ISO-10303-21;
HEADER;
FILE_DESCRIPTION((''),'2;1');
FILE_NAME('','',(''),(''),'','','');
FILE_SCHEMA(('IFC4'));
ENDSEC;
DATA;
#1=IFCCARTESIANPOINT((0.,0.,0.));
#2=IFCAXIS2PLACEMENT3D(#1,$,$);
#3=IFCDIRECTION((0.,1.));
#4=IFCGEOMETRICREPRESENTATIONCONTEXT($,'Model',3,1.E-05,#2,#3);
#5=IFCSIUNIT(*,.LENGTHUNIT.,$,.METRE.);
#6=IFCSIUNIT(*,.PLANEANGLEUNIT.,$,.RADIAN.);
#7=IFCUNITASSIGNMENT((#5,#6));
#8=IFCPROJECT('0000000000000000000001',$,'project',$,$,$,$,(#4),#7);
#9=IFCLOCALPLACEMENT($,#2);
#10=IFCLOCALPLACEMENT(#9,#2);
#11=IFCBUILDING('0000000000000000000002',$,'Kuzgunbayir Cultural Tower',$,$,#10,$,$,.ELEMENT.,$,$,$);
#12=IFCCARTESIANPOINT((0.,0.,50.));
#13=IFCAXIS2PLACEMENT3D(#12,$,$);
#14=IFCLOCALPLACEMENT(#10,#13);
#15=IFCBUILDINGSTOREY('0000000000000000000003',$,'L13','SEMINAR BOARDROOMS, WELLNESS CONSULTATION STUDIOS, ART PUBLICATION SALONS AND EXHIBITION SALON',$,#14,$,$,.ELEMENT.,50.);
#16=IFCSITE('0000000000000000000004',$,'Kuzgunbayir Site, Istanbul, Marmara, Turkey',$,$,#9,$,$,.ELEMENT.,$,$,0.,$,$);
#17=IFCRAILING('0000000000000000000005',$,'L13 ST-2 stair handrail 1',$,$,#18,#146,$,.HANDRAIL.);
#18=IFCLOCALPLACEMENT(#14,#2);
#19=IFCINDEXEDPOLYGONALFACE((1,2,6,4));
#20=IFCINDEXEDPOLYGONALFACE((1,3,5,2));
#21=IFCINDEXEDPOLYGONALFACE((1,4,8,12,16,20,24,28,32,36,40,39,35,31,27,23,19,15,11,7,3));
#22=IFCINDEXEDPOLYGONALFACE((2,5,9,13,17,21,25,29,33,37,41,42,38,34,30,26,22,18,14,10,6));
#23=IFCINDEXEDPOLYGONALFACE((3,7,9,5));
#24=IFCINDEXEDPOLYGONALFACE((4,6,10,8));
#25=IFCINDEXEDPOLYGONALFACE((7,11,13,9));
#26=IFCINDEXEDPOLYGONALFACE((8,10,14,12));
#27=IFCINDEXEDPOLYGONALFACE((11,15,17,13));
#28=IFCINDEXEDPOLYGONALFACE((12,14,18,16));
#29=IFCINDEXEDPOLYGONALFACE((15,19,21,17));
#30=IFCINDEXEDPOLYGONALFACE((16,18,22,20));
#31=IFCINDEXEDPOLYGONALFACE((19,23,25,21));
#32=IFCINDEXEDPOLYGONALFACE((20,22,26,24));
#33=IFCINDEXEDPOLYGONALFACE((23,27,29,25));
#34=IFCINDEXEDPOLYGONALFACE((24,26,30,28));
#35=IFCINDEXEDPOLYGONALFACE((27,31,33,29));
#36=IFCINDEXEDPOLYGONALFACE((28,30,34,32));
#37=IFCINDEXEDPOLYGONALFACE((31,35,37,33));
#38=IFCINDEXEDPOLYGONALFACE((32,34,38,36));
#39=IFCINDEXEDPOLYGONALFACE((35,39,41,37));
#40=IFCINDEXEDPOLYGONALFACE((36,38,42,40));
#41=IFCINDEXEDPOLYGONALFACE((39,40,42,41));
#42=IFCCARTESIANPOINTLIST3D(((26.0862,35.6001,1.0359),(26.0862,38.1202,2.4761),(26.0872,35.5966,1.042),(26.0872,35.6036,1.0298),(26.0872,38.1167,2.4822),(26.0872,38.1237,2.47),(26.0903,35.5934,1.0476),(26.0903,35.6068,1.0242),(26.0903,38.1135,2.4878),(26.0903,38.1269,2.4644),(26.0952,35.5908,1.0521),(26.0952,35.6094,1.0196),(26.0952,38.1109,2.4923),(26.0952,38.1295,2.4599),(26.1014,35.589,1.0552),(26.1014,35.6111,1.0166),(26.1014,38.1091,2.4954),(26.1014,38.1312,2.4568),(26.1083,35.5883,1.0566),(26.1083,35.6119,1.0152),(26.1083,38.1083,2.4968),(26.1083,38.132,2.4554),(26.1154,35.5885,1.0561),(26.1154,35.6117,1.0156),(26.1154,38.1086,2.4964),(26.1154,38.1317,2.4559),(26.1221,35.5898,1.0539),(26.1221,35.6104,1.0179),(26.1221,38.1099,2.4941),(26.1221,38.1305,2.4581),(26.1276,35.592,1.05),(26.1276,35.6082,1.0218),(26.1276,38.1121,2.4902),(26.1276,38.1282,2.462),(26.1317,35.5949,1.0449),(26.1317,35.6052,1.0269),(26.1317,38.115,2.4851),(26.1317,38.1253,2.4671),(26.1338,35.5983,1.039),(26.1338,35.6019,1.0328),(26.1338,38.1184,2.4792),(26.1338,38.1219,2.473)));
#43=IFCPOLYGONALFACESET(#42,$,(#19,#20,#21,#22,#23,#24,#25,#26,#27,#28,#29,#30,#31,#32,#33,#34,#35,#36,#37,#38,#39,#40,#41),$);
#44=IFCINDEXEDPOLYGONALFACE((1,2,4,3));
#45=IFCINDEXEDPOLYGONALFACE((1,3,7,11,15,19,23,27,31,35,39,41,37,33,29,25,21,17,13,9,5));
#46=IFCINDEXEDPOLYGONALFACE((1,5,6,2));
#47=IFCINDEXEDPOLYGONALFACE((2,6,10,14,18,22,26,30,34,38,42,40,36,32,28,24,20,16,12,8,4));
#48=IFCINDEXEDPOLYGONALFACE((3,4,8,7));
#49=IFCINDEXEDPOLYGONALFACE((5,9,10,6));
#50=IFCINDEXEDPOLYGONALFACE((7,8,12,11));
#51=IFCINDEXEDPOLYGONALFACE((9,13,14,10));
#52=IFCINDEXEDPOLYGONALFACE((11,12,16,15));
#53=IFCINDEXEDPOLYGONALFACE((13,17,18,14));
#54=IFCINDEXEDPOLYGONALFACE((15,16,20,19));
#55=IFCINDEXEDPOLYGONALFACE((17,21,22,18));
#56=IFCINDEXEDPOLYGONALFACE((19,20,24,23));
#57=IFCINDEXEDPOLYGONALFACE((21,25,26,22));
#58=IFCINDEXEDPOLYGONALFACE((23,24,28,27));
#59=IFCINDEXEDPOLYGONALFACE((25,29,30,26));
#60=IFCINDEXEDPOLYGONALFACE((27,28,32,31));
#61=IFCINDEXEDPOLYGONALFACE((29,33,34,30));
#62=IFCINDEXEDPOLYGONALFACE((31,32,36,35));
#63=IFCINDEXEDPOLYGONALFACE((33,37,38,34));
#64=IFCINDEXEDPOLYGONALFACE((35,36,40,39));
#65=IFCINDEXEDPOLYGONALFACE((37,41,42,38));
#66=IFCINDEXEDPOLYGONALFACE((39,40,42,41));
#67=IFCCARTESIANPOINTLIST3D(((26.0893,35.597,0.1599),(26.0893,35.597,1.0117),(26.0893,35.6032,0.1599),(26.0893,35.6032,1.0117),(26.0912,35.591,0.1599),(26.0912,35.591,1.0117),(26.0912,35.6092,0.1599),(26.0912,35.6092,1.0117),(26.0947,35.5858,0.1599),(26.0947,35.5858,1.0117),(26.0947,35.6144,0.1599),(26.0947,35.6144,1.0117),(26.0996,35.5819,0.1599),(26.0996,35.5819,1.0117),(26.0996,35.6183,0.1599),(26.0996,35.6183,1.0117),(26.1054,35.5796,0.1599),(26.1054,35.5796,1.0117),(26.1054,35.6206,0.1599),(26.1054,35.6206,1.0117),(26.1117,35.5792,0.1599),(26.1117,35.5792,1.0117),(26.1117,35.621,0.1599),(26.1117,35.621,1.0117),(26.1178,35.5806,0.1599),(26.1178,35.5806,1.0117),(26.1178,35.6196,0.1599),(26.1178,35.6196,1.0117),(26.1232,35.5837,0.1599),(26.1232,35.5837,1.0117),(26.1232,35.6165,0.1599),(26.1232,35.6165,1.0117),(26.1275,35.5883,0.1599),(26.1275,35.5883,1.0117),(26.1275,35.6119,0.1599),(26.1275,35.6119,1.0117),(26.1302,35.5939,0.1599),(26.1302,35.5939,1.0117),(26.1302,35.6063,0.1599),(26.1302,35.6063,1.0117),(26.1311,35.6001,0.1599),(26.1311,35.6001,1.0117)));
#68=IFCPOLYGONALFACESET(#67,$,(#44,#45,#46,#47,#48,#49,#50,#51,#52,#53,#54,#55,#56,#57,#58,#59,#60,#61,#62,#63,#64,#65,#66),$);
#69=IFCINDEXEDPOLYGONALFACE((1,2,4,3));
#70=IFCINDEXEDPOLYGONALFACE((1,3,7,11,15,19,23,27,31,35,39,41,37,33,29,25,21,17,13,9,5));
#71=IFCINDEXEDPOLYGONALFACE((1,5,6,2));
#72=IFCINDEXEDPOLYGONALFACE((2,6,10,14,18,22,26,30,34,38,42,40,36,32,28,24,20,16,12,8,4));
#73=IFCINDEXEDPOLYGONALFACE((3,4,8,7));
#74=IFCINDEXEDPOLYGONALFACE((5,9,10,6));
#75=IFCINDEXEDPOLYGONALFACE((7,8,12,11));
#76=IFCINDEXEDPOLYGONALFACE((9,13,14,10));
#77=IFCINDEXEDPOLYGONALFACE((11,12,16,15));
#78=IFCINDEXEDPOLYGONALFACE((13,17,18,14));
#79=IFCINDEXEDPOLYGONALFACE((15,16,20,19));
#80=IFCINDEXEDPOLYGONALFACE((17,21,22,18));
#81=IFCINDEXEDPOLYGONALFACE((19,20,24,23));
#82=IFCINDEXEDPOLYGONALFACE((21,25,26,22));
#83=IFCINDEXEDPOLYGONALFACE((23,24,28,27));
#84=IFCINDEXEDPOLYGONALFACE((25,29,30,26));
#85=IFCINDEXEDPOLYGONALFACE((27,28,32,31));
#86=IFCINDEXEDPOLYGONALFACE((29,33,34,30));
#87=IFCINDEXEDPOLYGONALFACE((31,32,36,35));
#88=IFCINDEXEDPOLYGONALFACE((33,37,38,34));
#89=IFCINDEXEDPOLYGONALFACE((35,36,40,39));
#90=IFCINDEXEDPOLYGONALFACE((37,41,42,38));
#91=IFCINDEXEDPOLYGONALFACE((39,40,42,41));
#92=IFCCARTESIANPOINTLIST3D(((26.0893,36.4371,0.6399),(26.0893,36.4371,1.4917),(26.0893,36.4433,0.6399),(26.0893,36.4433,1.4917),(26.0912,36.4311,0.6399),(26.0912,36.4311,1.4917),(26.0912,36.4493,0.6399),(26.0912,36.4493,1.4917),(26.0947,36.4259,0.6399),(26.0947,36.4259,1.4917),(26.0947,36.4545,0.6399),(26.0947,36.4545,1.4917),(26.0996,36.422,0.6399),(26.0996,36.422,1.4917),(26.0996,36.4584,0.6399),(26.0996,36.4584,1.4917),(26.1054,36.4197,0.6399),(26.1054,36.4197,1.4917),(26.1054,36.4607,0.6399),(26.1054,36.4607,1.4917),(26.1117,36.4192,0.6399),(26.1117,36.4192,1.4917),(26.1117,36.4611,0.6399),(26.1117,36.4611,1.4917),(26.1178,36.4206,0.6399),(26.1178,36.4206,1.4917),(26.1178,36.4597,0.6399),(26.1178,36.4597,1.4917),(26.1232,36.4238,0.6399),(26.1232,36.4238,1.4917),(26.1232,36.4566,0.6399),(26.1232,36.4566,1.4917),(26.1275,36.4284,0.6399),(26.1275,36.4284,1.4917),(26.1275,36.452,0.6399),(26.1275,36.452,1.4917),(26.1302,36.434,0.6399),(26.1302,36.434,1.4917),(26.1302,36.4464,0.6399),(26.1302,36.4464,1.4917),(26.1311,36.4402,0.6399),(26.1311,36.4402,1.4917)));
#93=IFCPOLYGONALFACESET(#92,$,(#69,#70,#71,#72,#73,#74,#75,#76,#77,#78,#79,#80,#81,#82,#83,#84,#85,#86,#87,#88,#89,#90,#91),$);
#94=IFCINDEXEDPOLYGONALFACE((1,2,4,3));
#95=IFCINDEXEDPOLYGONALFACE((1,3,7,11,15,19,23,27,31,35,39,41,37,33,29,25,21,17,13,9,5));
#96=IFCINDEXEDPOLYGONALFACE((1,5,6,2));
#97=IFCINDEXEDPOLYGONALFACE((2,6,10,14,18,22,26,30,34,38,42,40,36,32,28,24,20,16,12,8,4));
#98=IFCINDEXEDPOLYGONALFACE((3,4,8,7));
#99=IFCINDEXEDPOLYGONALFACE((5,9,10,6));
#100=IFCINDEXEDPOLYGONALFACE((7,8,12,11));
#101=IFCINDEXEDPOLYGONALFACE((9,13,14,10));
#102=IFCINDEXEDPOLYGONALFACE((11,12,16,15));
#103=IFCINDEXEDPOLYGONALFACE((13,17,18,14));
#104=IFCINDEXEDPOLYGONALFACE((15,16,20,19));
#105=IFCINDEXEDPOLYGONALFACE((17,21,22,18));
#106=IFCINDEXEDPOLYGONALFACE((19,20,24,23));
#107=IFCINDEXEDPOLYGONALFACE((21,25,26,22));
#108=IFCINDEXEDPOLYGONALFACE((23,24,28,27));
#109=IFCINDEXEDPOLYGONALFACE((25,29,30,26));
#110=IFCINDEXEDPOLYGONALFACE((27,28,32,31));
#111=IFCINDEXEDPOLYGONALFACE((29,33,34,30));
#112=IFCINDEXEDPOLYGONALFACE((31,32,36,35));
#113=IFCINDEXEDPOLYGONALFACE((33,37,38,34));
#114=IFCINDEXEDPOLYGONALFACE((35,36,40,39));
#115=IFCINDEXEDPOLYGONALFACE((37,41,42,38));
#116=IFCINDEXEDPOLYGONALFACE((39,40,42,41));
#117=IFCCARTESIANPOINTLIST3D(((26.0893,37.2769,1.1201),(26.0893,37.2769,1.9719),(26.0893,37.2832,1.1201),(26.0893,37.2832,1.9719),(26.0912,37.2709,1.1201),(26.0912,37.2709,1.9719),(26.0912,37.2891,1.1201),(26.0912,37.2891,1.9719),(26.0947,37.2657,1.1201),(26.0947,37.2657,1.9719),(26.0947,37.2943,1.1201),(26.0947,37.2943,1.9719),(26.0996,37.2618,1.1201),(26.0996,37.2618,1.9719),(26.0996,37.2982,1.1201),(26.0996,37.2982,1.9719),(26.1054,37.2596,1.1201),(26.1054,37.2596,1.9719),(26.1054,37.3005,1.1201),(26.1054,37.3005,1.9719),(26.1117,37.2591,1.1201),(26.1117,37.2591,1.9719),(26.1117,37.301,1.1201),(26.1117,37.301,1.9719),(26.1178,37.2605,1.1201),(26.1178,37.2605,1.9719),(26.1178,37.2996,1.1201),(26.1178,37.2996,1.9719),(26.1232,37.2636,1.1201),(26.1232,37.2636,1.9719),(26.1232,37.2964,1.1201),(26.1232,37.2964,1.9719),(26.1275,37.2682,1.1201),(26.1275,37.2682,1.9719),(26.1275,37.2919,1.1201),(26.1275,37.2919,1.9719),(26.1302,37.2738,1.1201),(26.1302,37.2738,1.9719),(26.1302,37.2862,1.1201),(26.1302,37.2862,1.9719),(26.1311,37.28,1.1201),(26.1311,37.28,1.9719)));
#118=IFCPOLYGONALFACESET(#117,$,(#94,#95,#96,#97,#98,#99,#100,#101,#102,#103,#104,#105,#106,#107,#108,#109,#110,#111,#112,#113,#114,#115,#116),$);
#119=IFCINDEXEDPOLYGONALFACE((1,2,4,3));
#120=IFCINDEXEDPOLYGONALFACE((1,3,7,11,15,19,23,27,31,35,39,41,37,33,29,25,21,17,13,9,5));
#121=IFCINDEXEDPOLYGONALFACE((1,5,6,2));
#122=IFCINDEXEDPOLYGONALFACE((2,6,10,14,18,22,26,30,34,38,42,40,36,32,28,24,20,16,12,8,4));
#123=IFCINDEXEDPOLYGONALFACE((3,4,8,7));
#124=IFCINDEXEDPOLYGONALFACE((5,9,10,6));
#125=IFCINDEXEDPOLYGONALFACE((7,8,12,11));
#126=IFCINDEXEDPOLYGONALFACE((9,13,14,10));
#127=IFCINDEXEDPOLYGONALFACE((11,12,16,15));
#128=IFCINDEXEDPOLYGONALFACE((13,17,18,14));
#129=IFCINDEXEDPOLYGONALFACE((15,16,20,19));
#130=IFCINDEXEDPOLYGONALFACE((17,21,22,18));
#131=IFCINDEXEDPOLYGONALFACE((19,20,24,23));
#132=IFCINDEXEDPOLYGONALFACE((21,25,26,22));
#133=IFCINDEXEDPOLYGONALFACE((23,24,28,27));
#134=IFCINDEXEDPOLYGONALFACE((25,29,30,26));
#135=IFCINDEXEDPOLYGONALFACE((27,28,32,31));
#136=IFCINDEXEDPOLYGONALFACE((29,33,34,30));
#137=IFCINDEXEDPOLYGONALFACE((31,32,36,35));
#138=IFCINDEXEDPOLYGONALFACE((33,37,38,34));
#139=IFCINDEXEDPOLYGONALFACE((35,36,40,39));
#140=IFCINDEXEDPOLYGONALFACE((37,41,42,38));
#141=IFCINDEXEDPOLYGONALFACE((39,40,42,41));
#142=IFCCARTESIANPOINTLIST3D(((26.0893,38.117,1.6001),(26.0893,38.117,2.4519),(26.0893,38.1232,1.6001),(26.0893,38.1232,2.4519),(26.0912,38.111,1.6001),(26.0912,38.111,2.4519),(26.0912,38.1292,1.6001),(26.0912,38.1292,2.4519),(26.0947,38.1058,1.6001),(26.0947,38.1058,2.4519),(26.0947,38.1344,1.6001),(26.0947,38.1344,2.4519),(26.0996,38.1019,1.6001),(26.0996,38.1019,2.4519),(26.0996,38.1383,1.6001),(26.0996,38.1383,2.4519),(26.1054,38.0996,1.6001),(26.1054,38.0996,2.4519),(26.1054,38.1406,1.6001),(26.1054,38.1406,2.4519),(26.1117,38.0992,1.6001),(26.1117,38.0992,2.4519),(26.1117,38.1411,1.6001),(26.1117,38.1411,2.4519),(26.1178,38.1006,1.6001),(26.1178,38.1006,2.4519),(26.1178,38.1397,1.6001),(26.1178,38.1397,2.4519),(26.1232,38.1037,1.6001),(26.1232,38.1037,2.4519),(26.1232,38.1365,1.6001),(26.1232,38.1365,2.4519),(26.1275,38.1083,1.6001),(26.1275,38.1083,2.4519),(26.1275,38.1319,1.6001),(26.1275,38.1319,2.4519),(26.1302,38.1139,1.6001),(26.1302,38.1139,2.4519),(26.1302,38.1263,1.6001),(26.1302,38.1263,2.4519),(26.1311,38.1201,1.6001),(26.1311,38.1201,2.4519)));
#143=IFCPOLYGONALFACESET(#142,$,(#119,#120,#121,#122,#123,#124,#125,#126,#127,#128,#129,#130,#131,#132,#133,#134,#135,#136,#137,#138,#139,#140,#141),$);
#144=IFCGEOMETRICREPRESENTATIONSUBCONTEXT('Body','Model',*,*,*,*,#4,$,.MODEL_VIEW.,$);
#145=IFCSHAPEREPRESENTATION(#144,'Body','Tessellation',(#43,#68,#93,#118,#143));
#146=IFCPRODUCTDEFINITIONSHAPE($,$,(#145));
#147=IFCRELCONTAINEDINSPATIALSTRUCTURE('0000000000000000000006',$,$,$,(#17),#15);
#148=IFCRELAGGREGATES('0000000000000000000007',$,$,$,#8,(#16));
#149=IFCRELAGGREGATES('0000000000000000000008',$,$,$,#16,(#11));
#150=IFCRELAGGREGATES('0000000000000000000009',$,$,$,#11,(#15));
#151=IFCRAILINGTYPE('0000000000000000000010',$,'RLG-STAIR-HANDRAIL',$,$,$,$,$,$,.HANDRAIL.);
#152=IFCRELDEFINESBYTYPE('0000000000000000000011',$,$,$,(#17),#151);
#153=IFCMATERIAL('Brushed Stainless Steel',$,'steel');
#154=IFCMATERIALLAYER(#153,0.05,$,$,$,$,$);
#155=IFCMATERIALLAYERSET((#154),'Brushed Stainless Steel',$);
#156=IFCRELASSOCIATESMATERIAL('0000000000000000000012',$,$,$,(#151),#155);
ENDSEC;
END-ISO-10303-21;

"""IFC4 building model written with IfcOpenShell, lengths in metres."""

from ifc_helpers import new_model, si_unit, direction, frame, origin, origin_2d, place, context, subcontext, project, spatial, circle, extrude, material, layer, layer_set, type_object, element, save


model = new_model("IFC4")

# Units and contexts
model_context = context("Model", 3, precision=1e-05, world=origin(), true_north=direction((0.0, 1.0)))
body_context = subcontext(model_context, "Body", "Model", "MODEL_VIEW")
ifc_project = project(units=[si_unit("LENGTHUNIT", "METRE"), si_unit("PLANEANGLEUNIT", "RADIAN")], contexts=[model_context])

# Site, building, storey
site_placement = place(None, origin())
site = spatial("IfcSite", under=ifc_project, at=site_placement, Name="Kuzgunbayir Site, Istanbul, Marmara, Turkey", CompositionType="ELEMENT", RefElevation=0.0)
building_placement = place(site_placement, origin())
building = spatial("IfcBuilding", under=site, at=building_placement, Name="Kuzgunbayir Cultural Tower", CompositionType="ELEMENT")
storey_placement = place(building_placement, frame((0.0, 0.0, 50.0)))
storey = spatial("IfcBuildingStorey", under=building, at=storey_placement, Name="L13", Description="SEMINAR BOARDROOMS, WELLNESS CONSULTATION STUDIOS, ART PUBLICATION SALONS AND EXHIBITION SALON", CompositionType="ELEMENT", Elevation=50.0)

# Railing
ifc_material_1 = material(Name="Brushed Stainless Steel", Category="steel")
ifc_layer_1 = layer(ifc_material_1, 0.05)
ifc_layer_set_1 = layer_set([ifc_layer_1], Name="Brushed Stainless Steel")
railing_type_1 = type_object("IfcRailingType", Name="RLG-STAIR-HANDRAIL", PredefinedType="HANDRAIL", material=ifc_layer_set_1)
railing_1_placement = place(storey_placement, frame((26.1101, 35.6001, 0.1599)))
element("IfcRailing", 1, at=railing_1_placement, inside=storey, type_object=railing_type_1, Name="L13 ST-2 stair handrail 1", PredefinedType="HANDRAIL", context=body_context, shape_type="SweptSolid", body=[
    extrude(circle(Radius=0.0239, at=origin_2d()), frame((0.0, 0.0, 0.876), z_axis=(0.0, 0.868217, 0.496184), x_axis=(-1.0, 0.0, 0.0)), (0.0, 0.0, 1.0), 2.9026),
    extrude(circle(Radius=0.021, at=origin_2d()), origin(), (0.0, 0.0, 1.0), 0.8518),
    extrude(circle(Radius=0.021, at=origin_2d()), frame((0.0, 0.8401, 0.48)), (0.0, 0.0, 1.0), 0.8518),
    extrude(circle(Radius=0.021, at=origin_2d()), frame((0.0, 1.6799, 0.9602)), (0.0, 0.0, 1.0), 0.8518),
    extrude(circle(Radius=0.021, at=origin_2d()), frame((0.0, 2.52, 1.4402)), (0.0, 0.0, 1.0), 0.8518),
])

save(model, "model.ifc")
